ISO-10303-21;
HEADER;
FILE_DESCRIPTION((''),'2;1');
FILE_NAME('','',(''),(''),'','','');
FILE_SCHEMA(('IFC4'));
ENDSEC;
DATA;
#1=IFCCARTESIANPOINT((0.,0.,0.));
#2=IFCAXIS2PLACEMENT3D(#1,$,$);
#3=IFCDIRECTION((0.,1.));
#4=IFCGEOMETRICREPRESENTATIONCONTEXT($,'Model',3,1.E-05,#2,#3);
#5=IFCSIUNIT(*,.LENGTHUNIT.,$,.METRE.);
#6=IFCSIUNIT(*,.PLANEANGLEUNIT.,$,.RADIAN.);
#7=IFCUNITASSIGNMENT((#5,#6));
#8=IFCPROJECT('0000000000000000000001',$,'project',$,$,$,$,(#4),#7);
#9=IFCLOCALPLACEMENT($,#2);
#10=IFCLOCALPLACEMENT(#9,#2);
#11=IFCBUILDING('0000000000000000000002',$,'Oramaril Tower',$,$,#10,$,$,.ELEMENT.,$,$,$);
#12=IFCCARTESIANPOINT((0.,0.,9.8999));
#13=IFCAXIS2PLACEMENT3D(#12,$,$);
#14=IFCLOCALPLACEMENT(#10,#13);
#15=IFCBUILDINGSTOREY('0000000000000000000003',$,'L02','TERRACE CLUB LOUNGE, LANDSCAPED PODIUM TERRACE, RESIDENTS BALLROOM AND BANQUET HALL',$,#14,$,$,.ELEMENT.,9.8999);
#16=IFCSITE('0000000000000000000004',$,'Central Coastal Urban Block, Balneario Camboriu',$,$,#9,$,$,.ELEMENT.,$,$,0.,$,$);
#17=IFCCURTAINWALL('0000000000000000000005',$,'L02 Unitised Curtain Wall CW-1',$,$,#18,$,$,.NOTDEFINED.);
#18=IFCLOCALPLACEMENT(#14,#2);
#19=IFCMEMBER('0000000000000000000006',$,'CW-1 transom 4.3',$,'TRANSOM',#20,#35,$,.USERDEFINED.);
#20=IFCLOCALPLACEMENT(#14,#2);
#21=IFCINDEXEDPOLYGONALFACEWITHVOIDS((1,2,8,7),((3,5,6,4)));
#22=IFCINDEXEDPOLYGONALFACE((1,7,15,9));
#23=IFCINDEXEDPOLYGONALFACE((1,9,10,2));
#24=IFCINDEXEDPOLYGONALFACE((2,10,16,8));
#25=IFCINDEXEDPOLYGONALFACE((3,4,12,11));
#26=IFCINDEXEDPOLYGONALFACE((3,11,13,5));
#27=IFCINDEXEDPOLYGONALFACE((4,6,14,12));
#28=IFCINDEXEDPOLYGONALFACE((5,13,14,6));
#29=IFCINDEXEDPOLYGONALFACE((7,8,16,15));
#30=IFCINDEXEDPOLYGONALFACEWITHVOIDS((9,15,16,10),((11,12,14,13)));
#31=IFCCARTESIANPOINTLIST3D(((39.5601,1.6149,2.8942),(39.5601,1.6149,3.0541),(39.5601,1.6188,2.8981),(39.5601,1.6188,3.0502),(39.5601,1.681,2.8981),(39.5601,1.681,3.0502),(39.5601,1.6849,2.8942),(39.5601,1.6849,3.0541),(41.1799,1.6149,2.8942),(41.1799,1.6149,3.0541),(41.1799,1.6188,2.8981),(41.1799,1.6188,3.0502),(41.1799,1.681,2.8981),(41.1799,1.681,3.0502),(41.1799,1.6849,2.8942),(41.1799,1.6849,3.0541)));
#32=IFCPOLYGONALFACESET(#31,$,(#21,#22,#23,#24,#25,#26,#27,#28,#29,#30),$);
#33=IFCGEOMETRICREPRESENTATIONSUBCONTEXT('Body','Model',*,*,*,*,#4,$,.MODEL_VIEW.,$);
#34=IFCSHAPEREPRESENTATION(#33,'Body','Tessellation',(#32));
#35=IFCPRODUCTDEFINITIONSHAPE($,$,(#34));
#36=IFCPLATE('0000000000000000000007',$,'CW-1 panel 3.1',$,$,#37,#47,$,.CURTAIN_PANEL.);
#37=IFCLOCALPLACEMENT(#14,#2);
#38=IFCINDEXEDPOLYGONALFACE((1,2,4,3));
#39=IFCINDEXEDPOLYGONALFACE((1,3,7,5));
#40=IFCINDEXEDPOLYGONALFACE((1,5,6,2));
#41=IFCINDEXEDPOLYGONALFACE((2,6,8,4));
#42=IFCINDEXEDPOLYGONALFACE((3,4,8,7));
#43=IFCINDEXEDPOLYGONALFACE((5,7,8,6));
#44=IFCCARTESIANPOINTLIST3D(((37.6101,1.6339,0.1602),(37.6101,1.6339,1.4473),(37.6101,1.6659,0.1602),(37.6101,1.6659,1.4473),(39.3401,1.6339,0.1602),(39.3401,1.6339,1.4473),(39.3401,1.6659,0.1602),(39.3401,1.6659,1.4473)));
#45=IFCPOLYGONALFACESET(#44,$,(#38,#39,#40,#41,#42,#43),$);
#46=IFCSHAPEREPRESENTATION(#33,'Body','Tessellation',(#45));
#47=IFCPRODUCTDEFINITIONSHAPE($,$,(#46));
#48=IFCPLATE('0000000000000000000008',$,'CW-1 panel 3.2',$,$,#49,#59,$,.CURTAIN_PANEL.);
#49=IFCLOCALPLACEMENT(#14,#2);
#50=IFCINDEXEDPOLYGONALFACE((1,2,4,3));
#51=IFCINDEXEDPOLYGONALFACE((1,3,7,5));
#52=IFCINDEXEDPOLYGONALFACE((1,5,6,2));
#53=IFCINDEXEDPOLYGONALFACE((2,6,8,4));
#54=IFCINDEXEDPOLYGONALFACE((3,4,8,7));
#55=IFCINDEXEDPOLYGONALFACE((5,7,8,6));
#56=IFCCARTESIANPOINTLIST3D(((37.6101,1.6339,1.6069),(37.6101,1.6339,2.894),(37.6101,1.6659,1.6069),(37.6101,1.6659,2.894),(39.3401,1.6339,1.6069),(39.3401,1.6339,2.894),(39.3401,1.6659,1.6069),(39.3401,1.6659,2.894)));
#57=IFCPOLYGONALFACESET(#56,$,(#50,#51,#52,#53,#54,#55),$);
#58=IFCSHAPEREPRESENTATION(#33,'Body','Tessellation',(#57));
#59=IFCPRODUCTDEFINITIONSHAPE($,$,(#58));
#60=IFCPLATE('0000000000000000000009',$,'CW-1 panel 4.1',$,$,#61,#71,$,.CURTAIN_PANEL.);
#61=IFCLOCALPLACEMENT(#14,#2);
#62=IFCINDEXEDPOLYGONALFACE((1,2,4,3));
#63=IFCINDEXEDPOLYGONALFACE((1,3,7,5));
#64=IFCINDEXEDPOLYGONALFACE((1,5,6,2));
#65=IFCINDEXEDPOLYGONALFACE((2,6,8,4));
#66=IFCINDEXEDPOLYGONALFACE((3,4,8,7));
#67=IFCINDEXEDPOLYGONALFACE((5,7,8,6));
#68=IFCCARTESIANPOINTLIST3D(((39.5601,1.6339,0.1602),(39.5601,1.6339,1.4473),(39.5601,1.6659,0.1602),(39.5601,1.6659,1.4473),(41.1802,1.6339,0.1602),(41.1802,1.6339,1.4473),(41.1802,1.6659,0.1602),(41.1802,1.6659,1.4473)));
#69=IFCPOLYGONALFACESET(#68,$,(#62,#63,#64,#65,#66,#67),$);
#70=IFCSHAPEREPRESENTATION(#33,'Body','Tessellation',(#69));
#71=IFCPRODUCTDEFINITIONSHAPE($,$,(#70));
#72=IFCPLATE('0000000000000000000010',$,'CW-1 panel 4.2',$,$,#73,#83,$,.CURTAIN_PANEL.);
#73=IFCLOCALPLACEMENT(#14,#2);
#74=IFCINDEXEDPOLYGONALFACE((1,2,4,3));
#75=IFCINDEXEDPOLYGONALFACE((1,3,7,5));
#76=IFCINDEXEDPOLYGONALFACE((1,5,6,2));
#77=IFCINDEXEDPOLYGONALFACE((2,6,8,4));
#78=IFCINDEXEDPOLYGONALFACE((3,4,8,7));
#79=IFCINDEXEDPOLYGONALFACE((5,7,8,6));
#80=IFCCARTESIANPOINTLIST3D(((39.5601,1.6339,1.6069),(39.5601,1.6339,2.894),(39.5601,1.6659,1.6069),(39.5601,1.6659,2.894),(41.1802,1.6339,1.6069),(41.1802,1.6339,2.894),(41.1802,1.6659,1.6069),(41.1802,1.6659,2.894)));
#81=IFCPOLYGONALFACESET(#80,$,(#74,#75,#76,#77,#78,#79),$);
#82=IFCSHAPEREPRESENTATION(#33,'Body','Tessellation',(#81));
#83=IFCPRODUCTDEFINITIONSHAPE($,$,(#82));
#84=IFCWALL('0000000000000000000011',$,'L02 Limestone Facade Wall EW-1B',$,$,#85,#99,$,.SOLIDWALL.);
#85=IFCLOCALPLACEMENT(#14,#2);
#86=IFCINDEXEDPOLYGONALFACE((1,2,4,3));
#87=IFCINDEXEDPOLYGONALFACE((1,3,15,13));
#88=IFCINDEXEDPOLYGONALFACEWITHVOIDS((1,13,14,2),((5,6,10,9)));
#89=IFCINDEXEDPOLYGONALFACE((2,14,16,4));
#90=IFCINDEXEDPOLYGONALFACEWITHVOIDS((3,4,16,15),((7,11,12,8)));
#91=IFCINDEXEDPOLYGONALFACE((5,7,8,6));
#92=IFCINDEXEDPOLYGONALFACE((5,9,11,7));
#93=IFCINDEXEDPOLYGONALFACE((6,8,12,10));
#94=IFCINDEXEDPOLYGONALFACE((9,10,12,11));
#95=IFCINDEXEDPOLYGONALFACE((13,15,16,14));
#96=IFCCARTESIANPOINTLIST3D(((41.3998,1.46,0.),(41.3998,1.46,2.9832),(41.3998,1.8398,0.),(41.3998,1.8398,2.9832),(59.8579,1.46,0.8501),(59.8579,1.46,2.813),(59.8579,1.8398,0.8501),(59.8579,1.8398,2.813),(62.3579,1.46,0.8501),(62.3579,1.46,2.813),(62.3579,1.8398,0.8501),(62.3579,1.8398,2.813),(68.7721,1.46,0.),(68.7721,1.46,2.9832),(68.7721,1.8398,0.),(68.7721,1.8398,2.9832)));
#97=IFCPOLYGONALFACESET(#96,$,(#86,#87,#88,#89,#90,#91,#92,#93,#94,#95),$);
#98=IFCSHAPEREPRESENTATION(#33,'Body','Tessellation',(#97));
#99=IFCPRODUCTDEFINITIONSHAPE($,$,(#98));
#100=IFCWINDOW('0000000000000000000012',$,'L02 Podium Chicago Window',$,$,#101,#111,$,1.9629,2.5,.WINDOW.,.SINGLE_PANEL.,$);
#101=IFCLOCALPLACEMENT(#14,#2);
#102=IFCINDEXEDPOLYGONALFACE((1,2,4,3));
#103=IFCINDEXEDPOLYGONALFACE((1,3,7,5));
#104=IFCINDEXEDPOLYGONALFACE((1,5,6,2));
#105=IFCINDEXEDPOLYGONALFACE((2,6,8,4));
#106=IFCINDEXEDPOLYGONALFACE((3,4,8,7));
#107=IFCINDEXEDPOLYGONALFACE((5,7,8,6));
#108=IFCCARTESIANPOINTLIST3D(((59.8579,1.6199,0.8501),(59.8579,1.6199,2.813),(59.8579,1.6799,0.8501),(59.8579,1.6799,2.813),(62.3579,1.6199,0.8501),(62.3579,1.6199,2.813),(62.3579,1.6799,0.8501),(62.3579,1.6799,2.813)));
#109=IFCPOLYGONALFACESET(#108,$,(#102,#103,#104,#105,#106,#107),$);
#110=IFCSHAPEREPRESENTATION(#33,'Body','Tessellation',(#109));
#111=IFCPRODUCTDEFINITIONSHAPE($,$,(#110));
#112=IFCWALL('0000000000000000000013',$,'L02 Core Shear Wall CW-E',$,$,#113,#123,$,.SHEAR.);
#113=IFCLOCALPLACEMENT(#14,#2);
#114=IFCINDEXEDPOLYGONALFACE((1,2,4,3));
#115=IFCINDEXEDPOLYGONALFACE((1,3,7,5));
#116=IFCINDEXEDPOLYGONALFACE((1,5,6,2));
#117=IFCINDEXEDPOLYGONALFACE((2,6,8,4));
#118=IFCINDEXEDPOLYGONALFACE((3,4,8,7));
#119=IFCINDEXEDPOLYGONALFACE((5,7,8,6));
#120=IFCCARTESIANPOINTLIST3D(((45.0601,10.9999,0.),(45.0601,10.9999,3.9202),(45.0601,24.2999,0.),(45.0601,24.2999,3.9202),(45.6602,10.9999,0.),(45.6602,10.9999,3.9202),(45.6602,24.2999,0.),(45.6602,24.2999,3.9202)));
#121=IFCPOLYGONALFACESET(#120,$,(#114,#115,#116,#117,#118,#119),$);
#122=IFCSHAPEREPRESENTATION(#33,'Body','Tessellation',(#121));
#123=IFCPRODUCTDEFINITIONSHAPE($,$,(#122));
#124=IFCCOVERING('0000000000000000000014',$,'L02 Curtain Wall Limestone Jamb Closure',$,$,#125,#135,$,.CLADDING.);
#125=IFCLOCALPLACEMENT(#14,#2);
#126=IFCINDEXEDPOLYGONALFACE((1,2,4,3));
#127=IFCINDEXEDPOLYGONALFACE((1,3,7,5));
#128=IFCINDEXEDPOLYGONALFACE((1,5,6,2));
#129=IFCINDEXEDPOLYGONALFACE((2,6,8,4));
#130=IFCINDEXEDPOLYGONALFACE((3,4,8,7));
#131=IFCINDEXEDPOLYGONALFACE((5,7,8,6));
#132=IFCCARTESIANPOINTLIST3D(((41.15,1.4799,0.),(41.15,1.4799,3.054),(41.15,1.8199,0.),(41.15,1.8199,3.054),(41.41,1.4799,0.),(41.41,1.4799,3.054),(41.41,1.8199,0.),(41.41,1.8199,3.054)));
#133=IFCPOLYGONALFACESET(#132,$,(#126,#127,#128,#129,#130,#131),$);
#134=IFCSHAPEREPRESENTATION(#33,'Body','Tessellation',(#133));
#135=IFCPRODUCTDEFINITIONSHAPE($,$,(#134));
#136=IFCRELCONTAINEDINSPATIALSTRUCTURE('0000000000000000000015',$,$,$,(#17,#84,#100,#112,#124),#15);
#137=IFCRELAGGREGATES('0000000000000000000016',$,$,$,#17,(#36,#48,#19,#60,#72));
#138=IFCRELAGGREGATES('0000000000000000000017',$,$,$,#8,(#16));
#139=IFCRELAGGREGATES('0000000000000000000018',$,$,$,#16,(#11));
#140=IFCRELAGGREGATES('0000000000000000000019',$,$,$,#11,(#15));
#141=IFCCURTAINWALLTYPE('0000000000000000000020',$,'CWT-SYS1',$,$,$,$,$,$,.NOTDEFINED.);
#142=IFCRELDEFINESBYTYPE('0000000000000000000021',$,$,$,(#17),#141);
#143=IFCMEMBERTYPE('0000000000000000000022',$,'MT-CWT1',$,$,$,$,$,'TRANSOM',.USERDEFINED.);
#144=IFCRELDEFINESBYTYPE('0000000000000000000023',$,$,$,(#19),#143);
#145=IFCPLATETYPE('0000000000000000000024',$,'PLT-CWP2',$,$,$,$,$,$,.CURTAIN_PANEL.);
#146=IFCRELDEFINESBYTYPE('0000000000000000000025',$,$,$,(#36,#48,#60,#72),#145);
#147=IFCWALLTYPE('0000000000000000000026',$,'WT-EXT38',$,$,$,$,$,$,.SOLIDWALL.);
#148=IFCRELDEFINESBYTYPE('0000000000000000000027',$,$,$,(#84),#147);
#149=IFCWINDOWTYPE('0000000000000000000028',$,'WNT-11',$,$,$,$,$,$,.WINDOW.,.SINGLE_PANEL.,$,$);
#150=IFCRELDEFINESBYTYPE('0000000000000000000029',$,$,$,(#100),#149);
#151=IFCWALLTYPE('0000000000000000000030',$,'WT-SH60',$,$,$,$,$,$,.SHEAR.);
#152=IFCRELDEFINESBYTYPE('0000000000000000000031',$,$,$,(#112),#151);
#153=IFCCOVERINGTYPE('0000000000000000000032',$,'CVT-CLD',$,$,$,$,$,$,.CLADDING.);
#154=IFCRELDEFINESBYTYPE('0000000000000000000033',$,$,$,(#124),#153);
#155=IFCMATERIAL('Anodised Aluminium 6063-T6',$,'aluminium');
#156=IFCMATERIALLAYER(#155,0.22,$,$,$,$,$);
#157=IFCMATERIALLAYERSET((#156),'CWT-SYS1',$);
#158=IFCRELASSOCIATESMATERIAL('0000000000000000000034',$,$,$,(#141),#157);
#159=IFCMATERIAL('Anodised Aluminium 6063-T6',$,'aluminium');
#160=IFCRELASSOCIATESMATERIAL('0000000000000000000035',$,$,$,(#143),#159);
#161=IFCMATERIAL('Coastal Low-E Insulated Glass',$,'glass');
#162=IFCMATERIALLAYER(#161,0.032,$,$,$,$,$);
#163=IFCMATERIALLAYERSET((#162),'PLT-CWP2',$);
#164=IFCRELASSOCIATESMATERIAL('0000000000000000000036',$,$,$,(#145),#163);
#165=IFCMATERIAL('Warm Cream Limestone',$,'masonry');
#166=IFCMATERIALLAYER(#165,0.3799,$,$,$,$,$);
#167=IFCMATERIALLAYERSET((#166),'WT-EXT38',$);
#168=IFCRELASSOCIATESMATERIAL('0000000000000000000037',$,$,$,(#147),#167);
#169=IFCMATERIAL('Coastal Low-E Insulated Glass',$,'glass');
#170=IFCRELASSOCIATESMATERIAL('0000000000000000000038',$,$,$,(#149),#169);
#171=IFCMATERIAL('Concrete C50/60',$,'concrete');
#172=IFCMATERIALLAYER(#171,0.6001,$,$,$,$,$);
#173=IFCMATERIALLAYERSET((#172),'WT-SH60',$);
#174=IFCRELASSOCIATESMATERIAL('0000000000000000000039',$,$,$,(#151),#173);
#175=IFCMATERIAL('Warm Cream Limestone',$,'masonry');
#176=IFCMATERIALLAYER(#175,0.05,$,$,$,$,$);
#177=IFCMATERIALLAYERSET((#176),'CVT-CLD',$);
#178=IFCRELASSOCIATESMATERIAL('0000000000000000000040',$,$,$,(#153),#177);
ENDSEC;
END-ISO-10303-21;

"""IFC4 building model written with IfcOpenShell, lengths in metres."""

from ifc_helpers import new_model, si_unit, direction, frame, frame_2d, origin, origin_2d, place, context, subcontext, project, spatial, rectangle, hollow_rectangle, extrude, material, layer, layer_set, material_profile, profile_set, type_object, element, fill, aggregate, save


model = new_model("IFC4")

# Units and contexts
model_context = context("Model", 3, precision=1e-05, world=origin(), true_north=direction((0.0, 1.0)))
body_context = subcontext(model_context, "Body", "Model", "MODEL_VIEW")
ifc_project = project(units=[si_unit("LENGTHUNIT", "METRE"), si_unit("PLANEANGLEUNIT", "RADIAN")], contexts=[model_context])

# Site, building, storey
site_placement = place(None, origin())
site = spatial("IfcSite", under=ifc_project, at=site_placement, Name="Central Coastal Urban Block, Balneario Camboriu", CompositionType="ELEMENT", RefElevation=0.0)
building_placement = place(site_placement, origin())
building = spatial("IfcBuilding", under=site, at=building_placement, Name="Oramaril Tower", CompositionType="ELEMENT")
storey_placement = place(building_placement, frame((0.0, 0.0, 9.8999)))
storey = spatial("IfcBuildingStorey", under=building, at=storey_placement, Name="L02", Description="TERRACE CLUB LOUNGE, LANDSCAPED PODIUM TERRACE, RESIDENTS BALLROOM AND BANQUET HALL", CompositionType="ELEMENT", Elevation=9.8999)

# Curtain wall, member, plates
ifc_material_1 = material(Name="Anodised Aluminium 6063-T6", Category="aluminium")
ifc_layer_1 = layer(ifc_material_1, 0.22)
ifc_layer_set_1 = layer_set([ifc_layer_1], Name="CWT-SYS1")
curtain_wall_type = type_object("IfcCurtainWallType", Name="CWT-SYS1", PredefinedType="NOTDEFINED", material=ifc_layer_set_1)
curtain_wall_placement = place(storey_placement, origin())
curtain_wall = element("IfcCurtainWall", 1, at=curtain_wall_placement, inside=storey, type_object=curtain_wall_type, Name="L02 Unitised Curtain Wall CW-1", PredefinedType="NOTDEFINED")
ifc_material_2 = material(Name="Anodised Aluminium 6063-T6", Category="aluminium")
ifc_material_profile_1 = material_profile(ifc_material_2, hollow_rectangle(XDim=0.0701, YDim=0.1599, WallThickness=0.0039, at=origin_2d()), Name="CWT160X70")
ifc_profile_set_1 = profile_set([ifc_material_profile_1], Name="Anodised Aluminium 6063-T6")
member_type_1 = type_object("IfcMemberType", Name="MT-CWT1", ElementType="TRANSOM", PredefinedType="USERDEFINED", material=ifc_profile_set_1)
member_1_placement = place(storey_placement, frame((39.5601, 1.6499, 2.9741), z_axis=(1.0, 0.0, 0.0), x_axis=(0.0, 1.0, 0.0)))
member_1 = element("IfcMember", 2, at=member_1_placement, type_object=member_type_1, Name="CW-1 transom 4.3", ObjectType="TRANSOM", PredefinedType="USERDEFINED", context=body_context, shape_type="SweptSolid", body=[
    extrude(hollow_rectangle(XDim=0.0701, YDim=0.1599, WallThickness=0.0039, at=origin_2d()), origin(), (0.0, 0.0, 1.0), 1.6199),
])
ifc_material_3 = material(Name="Coastal Low-E Insulated Glass", Category="glass")
ifc_layer_2 = layer(ifc_material_3, 0.032)
ifc_layer_set_2 = layer_set([ifc_layer_2], Name="PLT-CWP2")
plate_type = type_object("IfcPlateType", Name="PLT-CWP2", PredefinedType="CURTAIN_PANEL", material=ifc_layer_set_2)
plate_1_placement = place(storey_placement, frame((38.4751, 1.6499, 0.1602), z_axis=(0.0, 0.0, 1.0), x_axis=(1.0, 0.0, 0.0)))
plate_1 = element("IfcPlate", 3, at=plate_1_placement, type_object=plate_type, Name="CW-1 panel 3.1", PredefinedType="CURTAIN_PANEL", context=body_context, shape_type="SweptSolid", body=[
    extrude(rectangle(XDim=1.73, YDim=0.032, at=origin_2d()), origin(), (0.0, 0.0, 1.0), 1.2871),
])
plate_2_placement = place(storey_placement, frame((38.4751, 1.6499, 1.6069), z_axis=(0.0, 0.0, 1.0), x_axis=(1.0, 0.0, 0.0)))
plate_2 = element("IfcPlate", 4, at=plate_2_placement, type_object=plate_type, Name="CW-1 panel 3.2", PredefinedType="CURTAIN_PANEL", context=body_context, shape_type="SweptSolid", body=[
    extrude(rectangle(XDim=1.73, YDim=0.032, at=origin_2d()), origin(), (0.0, 0.0, 1.0), 1.2871),
])
plate_3_placement = place(storey_placement, frame((40.3701, 1.6499, 0.1602), z_axis=(0.0, 0.0, 1.0), x_axis=(1.0, 0.0, 0.0)))
plate_3 = element("IfcPlate", 5, at=plate_3_placement, type_object=plate_type, Name="CW-1 panel 4.1", PredefinedType="CURTAIN_PANEL", context=body_context, shape_type="SweptSolid", body=[
    extrude(rectangle(XDim=1.6201, YDim=0.032, at=origin_2d()), origin(), (0.0, 0.0, 1.0), 1.2871),
])
plate_4_placement = place(storey_placement, frame((40.3701, 1.6499, 1.6069), z_axis=(0.0, 0.0, 1.0), x_axis=(1.0, 0.0, 0.0)))
plate_4 = element("IfcPlate", 6, at=plate_4_placement, type_object=plate_type, Name="CW-1 panel 4.2", PredefinedType="CURTAIN_PANEL", context=body_context, shape_type="SweptSolid", body=[
    extrude(rectangle(XDim=1.6201, YDim=0.032, at=origin_2d()), origin(), (0.0, 0.0, 1.0), 1.2871),
])
aggregate(curtain_wall, [plate_1, plate_2, member_1, plate_3, plate_4])

# Wall, opening, window
ifc_material_4 = material(Name="Warm Cream Limestone", Category="masonry")
ifc_layer_3 = layer(ifc_material_4, 0.3799)
ifc_layer_set_3 = layer_set([ifc_layer_3], Name="WT-EXT38")
wall_type_1 = type_object("IfcWallType", Name="WT-EXT38", PredefinedType="SOLIDWALL", material=ifc_layer_set_3)
wall_1_placement = place(storey_placement, frame((41.3999, 1.6499, 0.0), z_axis=(0.0, 0.0, 1.0), x_axis=(1.0, 0.0, 0.0)))
wall_1 = element("IfcWall", 7, at=wall_1_placement, inside=storey, type_object=wall_type_1, Name="L02 Limestone Facade Wall EW-1B", PredefinedType="SOLIDWALL", context=body_context, shape_type="SweptSolid", body=[
    extrude(rectangle(XDim=27.3723, YDim=0.3799, at=frame_2d((13.686, 0.0))), origin(), (0.0, 0.0, 1.0), 2.9832),
])
opening_placement = place(wall_1_placement, frame((18.458, 0.0, 0.8501)))
opening = element("IfcOpeningElement", 8, at=opening_placement, cuts=wall_1, PredefinedType="OPENING", context=body_context, shape_type="SweptSolid", body=[
    extrude(rectangle(XDim=2.5, YDim=1.9629, at=frame_2d((1.25, 0.9814))), frame((0.0, 0.1899, 0.0), z_axis=(0.0, -1.0, 0.0), x_axis=(1.0, 0.0, 0.0)), (0.0, 0.0, 1.0), 0.3799),
])
ifc_material_5 = material(Name="Coastal Low-E Insulated Glass", Category="glass")
window_type = type_object("IfcWindowType", Name="WNT-11", PartitioningType="SINGLE_PANEL", PredefinedType="WINDOW", material=ifc_material_5)
window_placement = place(opening_placement, origin())
window = element("IfcWindow", 9, at=window_placement, inside=storey, type_object=window_type, Name="L02 Podium Chicago Window", OverallHeight=1.9629, OverallWidth=2.5, PartitioningType="SINGLE_PANEL", PredefinedType="WINDOW", context=body_context, shape_type="SweptSolid", body=[
    extrude(rectangle(XDim=2.5, YDim=1.9629, at=frame_2d((1.25, 0.9814))), frame((0.0, 0.03, 0.0), z_axis=(0.0, -1.0, 0.0), x_axis=(1.0, 0.0, 0.0)), (0.0, 0.0, 1.0), 0.0601),
])
fill(opening, window)

# Wall
ifc_material_6 = material(Name="Concrete C50/60", Category="concrete")
ifc_layer_4 = layer(ifc_material_6, 0.6001)
ifc_layer_set_4 = layer_set([ifc_layer_4], Name="WT-SH60")
wall_type_2 = type_object("IfcWallType", Name="WT-SH60", PredefinedType="SHEAR", material=ifc_layer_set_4)
wall_2_placement = place(storey_placement, frame((45.3601, 11.0, 0.0), z_axis=(0.0, 0.0, 1.0), x_axis=(0.0, 1.0, 0.0)))
element("IfcWall", 10, at=wall_2_placement, inside=storey, type_object=wall_type_2, Name="L02 Core Shear Wall CW-E", PredefinedType="SHEAR", context=body_context, shape_type="SweptSolid", body=[
    extrude(rectangle(XDim=13.3, YDim=0.6001, at=frame_2d((6.6499, 0.0))), origin(), (0.0, 0.0, 1.0), 3.9202),
])

# Covering
ifc_material_7 = material(Name="Warm Cream Limestone", Category="masonry")
ifc_layer_5 = layer(ifc_material_7, 0.05)
ifc_layer_set_5 = layer_set([ifc_layer_5], Name="CVT-CLD")
covering_type = type_object("IfcCoveringType", Name="CVT-CLD", PredefinedType="CLADDING", material=ifc_layer_set_5)
covering_placement = place(storey_placement, frame((41.28, 1.6499, 0.0), z_axis=(0.0, 0.0, 1.0), x_axis=(1.0, 0.0, 0.0)))
element("IfcCovering", 11, at=covering_placement, inside=storey, type_object=covering_type, Name="L02 Curtain Wall Limestone Jamb Closure", PredefinedType="CLADDING", context=body_context, shape_type="SweptSolid", body=[
    extrude(rectangle(XDim=0.26, YDim=0.3401, at=origin_2d()), origin(), (0.0, 0.0, 1.0), 3.054),
])

save(model, "model.ifc")
